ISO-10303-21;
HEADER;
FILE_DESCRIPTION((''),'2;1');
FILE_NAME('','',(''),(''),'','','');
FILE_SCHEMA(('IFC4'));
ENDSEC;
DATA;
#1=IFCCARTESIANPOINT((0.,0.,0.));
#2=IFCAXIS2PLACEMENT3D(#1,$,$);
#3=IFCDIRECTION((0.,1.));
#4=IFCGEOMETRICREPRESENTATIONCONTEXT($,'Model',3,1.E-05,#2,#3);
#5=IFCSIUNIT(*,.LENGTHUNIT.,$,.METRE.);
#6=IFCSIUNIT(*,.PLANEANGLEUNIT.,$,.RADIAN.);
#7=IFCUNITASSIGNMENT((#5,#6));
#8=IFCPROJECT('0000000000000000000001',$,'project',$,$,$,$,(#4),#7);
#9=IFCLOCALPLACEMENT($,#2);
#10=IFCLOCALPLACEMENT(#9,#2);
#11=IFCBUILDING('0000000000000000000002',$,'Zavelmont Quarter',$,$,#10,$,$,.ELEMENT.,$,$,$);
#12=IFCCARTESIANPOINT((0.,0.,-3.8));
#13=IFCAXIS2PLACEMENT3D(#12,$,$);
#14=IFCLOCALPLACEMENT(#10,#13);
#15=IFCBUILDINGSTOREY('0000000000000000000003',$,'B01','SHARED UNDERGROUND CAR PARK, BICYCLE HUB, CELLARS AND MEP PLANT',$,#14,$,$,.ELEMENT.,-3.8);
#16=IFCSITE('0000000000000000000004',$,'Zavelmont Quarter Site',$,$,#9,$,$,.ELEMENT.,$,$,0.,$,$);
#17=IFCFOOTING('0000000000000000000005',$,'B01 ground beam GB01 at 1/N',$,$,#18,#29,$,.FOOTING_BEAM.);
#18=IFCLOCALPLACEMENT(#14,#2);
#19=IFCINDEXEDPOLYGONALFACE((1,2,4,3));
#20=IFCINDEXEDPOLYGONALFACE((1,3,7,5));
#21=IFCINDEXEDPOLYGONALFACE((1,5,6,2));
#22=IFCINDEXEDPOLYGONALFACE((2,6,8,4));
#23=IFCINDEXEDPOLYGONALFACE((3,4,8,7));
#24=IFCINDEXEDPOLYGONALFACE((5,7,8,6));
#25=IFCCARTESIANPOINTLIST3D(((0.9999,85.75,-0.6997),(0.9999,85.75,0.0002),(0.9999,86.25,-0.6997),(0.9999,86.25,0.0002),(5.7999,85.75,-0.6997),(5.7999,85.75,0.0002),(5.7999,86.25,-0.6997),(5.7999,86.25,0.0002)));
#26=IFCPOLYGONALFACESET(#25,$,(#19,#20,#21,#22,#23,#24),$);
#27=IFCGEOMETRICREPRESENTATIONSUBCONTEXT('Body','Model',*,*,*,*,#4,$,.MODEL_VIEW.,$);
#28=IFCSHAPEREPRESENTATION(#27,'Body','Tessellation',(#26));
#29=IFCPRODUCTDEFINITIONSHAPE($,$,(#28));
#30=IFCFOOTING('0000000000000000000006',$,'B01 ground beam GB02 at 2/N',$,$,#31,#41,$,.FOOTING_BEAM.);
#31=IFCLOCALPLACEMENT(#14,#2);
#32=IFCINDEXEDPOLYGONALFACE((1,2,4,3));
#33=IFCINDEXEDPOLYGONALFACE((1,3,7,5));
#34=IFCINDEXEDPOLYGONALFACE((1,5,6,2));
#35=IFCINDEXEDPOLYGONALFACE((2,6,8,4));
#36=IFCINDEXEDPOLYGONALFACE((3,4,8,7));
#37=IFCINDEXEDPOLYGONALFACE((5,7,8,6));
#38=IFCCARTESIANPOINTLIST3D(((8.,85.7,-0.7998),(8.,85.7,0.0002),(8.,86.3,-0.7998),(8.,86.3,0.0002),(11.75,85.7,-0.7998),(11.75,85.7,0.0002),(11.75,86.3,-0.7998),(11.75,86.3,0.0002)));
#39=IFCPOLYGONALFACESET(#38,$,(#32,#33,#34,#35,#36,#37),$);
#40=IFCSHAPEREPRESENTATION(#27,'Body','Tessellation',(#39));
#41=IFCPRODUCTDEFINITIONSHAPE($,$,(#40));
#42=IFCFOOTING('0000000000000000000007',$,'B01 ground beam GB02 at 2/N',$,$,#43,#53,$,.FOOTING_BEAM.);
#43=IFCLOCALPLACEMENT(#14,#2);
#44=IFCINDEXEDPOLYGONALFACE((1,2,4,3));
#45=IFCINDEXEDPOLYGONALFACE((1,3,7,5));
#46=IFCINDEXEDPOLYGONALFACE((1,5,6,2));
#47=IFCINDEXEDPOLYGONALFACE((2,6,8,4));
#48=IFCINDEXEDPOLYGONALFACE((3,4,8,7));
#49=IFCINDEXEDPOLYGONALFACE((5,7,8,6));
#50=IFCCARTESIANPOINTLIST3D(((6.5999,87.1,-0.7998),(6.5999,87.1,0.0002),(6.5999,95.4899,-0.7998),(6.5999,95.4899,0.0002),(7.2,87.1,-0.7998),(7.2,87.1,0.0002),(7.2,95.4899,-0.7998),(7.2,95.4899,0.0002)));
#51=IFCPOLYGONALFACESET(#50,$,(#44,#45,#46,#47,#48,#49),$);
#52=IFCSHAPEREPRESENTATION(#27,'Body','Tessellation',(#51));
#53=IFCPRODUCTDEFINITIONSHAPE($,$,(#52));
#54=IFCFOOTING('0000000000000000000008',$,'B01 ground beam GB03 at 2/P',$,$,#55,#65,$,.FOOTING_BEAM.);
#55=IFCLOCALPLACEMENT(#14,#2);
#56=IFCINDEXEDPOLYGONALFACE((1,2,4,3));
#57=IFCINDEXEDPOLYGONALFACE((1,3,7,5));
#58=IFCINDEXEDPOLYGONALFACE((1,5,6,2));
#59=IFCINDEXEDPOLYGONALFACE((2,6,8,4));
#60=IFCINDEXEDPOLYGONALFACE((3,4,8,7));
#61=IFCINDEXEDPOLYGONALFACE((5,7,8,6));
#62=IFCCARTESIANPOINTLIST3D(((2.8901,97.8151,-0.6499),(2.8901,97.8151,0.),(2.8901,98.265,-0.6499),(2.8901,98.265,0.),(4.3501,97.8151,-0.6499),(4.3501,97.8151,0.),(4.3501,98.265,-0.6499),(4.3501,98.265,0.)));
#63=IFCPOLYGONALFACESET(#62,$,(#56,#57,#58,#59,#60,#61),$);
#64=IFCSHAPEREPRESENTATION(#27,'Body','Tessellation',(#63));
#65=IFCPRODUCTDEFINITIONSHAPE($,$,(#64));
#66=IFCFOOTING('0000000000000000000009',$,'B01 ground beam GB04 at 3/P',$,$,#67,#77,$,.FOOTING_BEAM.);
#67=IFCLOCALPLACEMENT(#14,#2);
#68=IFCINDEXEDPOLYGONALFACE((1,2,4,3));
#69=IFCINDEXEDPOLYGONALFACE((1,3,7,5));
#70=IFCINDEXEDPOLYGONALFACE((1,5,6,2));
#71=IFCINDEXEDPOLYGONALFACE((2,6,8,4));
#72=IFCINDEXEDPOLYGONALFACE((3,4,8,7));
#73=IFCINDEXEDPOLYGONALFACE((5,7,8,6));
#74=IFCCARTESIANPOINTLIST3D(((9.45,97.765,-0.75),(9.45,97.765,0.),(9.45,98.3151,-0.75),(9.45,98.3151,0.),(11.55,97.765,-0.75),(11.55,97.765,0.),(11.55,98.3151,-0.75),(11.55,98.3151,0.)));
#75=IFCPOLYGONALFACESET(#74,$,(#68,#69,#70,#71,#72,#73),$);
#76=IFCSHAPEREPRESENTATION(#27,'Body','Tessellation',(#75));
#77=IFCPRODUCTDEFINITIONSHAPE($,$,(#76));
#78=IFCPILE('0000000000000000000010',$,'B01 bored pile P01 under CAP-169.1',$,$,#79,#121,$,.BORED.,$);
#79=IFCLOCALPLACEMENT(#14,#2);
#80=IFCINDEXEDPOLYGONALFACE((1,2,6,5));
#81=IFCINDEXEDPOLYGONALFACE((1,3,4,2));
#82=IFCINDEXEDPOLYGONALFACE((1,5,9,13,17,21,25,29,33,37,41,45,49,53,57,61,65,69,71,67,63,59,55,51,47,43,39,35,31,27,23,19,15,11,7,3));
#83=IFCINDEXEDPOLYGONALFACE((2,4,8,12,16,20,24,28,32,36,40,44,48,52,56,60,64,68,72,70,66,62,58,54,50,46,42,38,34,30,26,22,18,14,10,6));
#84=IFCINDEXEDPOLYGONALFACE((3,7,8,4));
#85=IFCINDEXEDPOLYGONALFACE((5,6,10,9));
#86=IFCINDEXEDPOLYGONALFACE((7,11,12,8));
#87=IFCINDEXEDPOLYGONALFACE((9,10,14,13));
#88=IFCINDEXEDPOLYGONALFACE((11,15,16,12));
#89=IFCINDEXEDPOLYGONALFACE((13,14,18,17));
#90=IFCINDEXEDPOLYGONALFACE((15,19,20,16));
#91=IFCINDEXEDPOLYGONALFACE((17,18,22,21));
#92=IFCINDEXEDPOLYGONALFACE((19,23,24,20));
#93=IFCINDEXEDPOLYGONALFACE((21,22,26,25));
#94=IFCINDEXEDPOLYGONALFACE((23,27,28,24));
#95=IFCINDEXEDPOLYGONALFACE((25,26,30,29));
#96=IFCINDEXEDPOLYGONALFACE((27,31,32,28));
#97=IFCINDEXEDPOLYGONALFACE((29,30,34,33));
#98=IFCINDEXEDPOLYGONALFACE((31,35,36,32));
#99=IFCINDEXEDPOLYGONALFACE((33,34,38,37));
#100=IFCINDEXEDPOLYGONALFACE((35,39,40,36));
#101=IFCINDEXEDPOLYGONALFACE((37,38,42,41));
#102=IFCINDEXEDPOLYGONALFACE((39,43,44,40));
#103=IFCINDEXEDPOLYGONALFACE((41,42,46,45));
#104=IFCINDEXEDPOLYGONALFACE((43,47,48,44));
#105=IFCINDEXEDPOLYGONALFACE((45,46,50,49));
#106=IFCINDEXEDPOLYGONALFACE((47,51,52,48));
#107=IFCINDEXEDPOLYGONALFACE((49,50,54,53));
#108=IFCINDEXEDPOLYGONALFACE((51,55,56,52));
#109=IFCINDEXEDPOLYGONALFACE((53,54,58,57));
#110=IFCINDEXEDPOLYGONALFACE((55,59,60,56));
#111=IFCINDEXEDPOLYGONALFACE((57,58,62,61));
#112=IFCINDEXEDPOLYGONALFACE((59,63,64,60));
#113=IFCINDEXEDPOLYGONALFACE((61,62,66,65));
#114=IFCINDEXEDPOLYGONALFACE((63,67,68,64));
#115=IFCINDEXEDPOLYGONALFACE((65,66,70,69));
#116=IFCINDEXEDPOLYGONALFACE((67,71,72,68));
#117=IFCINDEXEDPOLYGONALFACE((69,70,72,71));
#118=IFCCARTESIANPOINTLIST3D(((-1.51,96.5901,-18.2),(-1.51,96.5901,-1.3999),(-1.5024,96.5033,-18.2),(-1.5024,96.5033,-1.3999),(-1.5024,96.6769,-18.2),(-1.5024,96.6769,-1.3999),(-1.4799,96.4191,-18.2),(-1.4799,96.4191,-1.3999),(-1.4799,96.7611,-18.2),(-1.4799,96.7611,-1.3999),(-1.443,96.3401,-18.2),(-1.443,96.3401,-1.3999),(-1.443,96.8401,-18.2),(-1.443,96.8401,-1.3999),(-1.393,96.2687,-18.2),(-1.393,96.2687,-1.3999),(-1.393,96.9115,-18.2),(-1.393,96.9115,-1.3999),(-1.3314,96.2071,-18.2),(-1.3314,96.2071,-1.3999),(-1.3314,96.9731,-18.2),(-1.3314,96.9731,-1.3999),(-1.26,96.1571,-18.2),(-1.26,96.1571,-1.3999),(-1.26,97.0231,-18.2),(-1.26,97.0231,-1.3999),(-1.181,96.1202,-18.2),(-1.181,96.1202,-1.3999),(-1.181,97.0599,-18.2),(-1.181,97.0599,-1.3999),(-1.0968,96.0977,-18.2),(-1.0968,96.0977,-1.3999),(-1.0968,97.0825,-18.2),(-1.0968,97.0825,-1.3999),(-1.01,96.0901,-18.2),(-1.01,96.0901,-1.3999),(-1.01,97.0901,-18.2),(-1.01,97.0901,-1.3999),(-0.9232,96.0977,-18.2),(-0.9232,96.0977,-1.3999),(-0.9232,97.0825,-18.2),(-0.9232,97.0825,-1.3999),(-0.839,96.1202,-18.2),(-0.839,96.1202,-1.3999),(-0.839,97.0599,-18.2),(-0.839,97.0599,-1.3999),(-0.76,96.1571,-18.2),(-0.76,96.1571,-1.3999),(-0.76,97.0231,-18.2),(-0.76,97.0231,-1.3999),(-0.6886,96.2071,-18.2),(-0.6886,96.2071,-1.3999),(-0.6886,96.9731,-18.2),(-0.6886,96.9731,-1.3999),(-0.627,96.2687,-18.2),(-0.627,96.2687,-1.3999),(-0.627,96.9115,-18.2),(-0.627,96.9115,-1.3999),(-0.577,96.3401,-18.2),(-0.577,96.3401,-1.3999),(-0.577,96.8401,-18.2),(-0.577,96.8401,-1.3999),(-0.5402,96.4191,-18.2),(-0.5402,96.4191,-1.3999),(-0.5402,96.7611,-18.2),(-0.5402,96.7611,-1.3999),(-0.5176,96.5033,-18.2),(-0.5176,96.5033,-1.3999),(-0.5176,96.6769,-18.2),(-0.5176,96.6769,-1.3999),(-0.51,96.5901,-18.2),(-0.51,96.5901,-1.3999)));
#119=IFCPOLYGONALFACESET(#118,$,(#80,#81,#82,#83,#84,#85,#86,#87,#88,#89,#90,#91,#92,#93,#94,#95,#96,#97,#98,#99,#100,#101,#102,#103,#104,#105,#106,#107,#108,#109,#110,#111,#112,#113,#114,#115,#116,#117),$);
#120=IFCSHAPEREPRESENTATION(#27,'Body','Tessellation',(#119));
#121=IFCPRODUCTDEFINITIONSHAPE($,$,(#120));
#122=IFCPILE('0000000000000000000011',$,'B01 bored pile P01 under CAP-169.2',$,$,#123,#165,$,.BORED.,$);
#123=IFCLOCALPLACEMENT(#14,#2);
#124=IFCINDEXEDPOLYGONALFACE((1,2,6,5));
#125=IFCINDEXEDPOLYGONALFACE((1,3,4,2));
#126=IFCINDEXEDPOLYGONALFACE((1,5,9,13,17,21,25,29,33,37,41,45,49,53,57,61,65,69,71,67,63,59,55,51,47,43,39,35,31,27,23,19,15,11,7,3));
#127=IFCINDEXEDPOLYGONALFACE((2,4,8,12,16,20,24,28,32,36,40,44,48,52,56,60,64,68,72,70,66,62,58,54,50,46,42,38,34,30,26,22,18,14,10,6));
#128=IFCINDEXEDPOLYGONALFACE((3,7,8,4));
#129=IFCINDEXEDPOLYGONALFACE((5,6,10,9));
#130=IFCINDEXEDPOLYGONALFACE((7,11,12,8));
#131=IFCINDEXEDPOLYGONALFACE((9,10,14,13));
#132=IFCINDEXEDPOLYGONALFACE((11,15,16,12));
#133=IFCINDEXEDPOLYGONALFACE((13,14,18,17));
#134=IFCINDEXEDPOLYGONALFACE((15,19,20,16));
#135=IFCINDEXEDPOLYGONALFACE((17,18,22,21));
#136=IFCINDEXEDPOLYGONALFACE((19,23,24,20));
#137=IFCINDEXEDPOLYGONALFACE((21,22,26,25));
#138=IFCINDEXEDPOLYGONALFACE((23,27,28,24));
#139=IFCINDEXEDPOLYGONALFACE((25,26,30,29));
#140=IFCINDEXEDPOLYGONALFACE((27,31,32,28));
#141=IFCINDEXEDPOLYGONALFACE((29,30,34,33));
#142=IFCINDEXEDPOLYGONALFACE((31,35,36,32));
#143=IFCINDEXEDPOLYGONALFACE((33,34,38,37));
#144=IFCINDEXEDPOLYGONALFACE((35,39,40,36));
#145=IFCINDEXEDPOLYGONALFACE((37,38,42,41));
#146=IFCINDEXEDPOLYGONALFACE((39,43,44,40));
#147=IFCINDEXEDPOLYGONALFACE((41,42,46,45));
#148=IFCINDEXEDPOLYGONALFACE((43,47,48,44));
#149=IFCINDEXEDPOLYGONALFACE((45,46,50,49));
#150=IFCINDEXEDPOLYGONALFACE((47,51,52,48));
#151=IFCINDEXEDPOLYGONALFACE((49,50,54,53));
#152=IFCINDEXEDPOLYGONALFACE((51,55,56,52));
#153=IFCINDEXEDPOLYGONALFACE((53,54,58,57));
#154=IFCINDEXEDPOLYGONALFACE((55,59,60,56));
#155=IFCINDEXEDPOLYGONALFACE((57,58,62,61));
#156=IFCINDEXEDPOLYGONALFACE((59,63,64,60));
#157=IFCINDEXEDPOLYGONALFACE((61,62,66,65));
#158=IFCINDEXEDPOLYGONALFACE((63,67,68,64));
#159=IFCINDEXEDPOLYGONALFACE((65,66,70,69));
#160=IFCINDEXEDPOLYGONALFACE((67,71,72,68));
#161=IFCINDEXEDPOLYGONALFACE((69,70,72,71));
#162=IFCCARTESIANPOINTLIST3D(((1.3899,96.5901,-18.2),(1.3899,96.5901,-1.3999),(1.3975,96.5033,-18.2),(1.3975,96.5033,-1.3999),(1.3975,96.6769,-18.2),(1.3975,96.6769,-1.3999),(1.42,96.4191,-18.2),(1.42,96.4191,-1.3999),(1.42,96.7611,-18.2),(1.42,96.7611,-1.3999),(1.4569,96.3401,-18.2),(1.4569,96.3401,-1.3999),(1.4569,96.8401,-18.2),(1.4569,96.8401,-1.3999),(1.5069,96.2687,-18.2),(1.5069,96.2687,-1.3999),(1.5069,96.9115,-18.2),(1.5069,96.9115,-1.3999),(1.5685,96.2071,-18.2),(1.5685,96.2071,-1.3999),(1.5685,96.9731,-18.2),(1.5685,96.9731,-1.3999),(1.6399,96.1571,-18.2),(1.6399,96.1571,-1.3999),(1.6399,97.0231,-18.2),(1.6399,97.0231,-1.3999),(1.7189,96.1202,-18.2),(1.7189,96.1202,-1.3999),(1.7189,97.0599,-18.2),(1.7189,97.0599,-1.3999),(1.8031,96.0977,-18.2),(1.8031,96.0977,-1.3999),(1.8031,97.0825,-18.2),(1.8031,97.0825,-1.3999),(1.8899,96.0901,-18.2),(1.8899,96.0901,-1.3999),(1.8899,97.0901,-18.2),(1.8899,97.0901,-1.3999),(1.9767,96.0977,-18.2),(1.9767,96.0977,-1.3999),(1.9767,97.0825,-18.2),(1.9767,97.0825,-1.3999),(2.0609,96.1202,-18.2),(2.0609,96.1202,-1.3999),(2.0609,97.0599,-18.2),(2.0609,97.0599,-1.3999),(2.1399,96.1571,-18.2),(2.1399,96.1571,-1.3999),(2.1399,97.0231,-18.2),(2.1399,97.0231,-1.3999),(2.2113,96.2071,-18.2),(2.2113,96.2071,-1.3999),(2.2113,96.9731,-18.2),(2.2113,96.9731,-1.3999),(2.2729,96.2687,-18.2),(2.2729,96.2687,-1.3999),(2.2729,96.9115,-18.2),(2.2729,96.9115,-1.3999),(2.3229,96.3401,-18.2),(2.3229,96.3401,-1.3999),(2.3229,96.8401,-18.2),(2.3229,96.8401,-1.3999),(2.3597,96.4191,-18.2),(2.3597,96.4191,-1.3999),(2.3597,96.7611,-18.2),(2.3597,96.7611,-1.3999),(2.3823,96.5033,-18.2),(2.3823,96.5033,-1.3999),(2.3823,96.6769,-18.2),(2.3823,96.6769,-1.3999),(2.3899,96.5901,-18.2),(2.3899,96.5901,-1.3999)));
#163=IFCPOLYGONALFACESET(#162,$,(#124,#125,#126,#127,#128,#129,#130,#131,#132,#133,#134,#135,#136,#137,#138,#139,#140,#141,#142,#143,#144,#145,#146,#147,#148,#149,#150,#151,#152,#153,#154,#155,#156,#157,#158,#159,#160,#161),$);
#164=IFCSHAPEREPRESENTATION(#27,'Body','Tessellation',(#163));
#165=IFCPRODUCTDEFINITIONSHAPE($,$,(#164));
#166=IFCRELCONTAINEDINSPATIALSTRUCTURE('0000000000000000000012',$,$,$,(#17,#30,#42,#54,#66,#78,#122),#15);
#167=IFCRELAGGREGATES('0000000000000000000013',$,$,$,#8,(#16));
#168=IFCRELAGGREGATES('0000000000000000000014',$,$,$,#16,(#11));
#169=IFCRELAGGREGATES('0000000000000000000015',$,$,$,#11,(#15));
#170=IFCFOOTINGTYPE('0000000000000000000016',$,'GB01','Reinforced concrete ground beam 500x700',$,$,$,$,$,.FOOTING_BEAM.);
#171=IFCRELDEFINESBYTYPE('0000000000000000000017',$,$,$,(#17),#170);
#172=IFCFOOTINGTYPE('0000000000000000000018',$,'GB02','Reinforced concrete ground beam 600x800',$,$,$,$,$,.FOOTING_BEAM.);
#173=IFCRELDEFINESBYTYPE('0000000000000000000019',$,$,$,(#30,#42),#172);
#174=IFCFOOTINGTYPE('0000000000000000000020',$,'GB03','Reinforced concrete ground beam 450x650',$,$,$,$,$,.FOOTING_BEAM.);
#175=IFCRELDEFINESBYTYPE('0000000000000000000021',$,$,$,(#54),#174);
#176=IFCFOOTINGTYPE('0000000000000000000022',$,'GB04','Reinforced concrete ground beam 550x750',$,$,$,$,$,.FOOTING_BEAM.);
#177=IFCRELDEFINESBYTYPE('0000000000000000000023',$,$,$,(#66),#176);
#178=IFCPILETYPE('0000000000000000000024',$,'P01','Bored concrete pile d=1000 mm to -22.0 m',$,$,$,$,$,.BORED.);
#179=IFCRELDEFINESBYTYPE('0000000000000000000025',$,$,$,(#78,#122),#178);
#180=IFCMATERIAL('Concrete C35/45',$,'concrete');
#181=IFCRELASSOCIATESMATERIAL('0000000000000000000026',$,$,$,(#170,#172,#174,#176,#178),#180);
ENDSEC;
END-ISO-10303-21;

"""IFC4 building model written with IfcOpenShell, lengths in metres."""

from ifc_helpers import new_model, si_unit, direction, frame, origin, origin_2d, place, context, subcontext, project, spatial, rectangle, circle, extrude, material, material_profile, profile_set, type_object, element, save


model = new_model("IFC4")

# Units and contexts
model_context = context("Model", 3, precision=1e-05, world=origin(), true_north=direction((0.0, 1.0)))
body_context = subcontext(model_context, "Body", "Model", "MODEL_VIEW")
ifc_project = project(units=[si_unit("LENGTHUNIT", "METRE"), si_unit("PLANEANGLEUNIT", "RADIAN")], contexts=[model_context])

# Site, building, storey
site_placement = place(None, origin())
site = spatial("IfcSite", under=ifc_project, at=site_placement, Name="Zavelmont Quarter Site", CompositionType="ELEMENT", RefElevation=0.0)
building_placement = place(site_placement, origin())
building = spatial("IfcBuilding", under=site, at=building_placement, Name="Zavelmont Quarter", CompositionType="ELEMENT")
storey_placement = place(building_placement, frame((0.0, 0.0, -3.8)))
storey = spatial("IfcBuildingStorey", under=building, at=storey_placement, Name="B01", Description="SHARED UNDERGROUND CAR PARK, BICYCLE HUB, CELLARS AND MEP PLANT", CompositionType="ELEMENT", Elevation=-3.8)

# Footings
ifc_material_1 = material(Name="Concrete C35/45", Category="concrete")
footing_type_1 = type_object("IfcFootingType", Name="GB01", Description="Reinforced concrete ground beam 500x700", PredefinedType="FOOTING_BEAM", material=ifc_material_1)
footing_1_placement = place(storey_placement, frame((3.3999, 86.0, -0.6997), z_axis=(0.0, 0.0, 1.0), x_axis=(1.0, 0.0, 0.0)))
element("IfcFooting", 1, at=footing_1_placement, inside=storey, type_object=footing_type_1, Name="B01 ground beam GB01 at 1/N", PredefinedType="FOOTING_BEAM", context=body_context, shape_type="SweptSolid", body=[
    extrude(rectangle(XDim=4.8, YDim=0.5, at=origin_2d()), origin(), (0.0, 0.0, 1.0), 0.7),
])
footing_type_2 = type_object("IfcFootingType", Name="GB02", Description="Reinforced concrete ground beam 600x800", PredefinedType="FOOTING_BEAM", material=ifc_material_1)
footing_2_placement = place(storey_placement, frame((9.875, 86.0, -0.7998), z_axis=(0.0, 0.0, 1.0), x_axis=(1.0, 0.0, 0.0)))
element("IfcFooting", 2, at=footing_2_placement, inside=storey, type_object=footing_type_2, Name="B01 ground beam GB02 at 2/N", PredefinedType="FOOTING_BEAM", context=body_context, shape_type="SweptSolid", body=[
    extrude(rectangle(XDim=3.75, YDim=0.6001, at=origin_2d()), origin(), (0.0, 0.0, 1.0), 0.8),
])
footing_3_placement = place(storey_placement, frame((6.8999, 91.2949, -0.7998), z_axis=(0.0, 0.0, 1.0), x_axis=(0.0, 1.0, 0.0)))
element("IfcFooting", 3, at=footing_3_placement, inside=storey, type_object=footing_type_2, Name="B01 ground beam GB02 at 2/N", PredefinedType="FOOTING_BEAM", context=body_context, shape_type="SweptSolid", body=[
    extrude(rectangle(XDim=8.3899, YDim=0.6001, at=origin_2d()), origin(), (0.0, 0.0, 1.0), 0.8),
])
footing_type_3 = type_object("IfcFootingType", Name="GB03", Description="Reinforced concrete ground beam 450x650", PredefinedType="FOOTING_BEAM", material=ifc_material_1)
footing_4_placement = place(storey_placement, frame((3.6201, 98.04, -0.6499), z_axis=(0.0, 0.0, 1.0), x_axis=(1.0, 0.0, 0.0)))
element("IfcFooting", 4, at=footing_4_placement, inside=storey, type_object=footing_type_3, Name="B01 ground beam GB03 at 2/P", PredefinedType="FOOTING_BEAM", context=body_context, shape_type="SweptSolid", body=[
    extrude(rectangle(XDim=1.46, YDim=0.45, at=origin_2d()), origin(), (0.0, 0.0, 1.0), 0.6499),
])
footing_type_4 = type_object("IfcFootingType", Name="GB04", Description="Reinforced concrete ground beam 550x750", PredefinedType="FOOTING_BEAM", material=ifc_material_1)
footing_5_placement = place(storey_placement, frame((10.5, 98.04, -0.75), z_axis=(0.0, 0.0, 1.0), x_axis=(1.0, 0.0, 0.0)))
element("IfcFooting", 5, at=footing_5_placement, inside=storey, type_object=footing_type_4, Name="B01 ground beam GB04 at 3/P", PredefinedType="FOOTING_BEAM", context=body_context, shape_type="SweptSolid", body=[
    extrude(rectangle(XDim=2.1001, YDim=0.55, at=origin_2d()), origin(), (0.0, 0.0, 1.0), 0.75),
])

# Piles
ifc_material_profile_1 = material_profile(ifc_material_1, circle(Radius=0.5, at=origin_2d()), Name="BP1000")
ifc_profile_set_1 = profile_set([ifc_material_profile_1], Name="Concrete C35/45")
pile_type_1 = type_object("IfcPileType", Name="P01", Description="Bored concrete pile d=1000 mm to -22.0 m", PredefinedType="BORED", material=ifc_profile_set_1)
for number, where, z_axis, x_axis, name in (
    (6, (-1.01, 96.5901, -1.3999), (0.0, 0.0, -1.0), (1.0, 0.0, 0.0), "B01 bored pile P01 under CAP-169.1"),
    (7, (1.8899, 96.5901, -1.3999), (0.0, 0.0, -1.0), (1.0, 0.0, 0.0), "B01 bored pile P01 under CAP-169.2"),
):
    element("IfcPile", number, at=place(storey_placement, frame(where, z_axis=z_axis, x_axis=x_axis)), inside=storey, type_object=pile_type_1, Name=name, PredefinedType="BORED", context=body_context, shape_type="SweptSolid", body=[
        extrude(circle(Radius=0.5, at=origin_2d()), origin(), (0.0, 0.0, 1.0), 16.8),
    ])

save(model, "model.ifc")
